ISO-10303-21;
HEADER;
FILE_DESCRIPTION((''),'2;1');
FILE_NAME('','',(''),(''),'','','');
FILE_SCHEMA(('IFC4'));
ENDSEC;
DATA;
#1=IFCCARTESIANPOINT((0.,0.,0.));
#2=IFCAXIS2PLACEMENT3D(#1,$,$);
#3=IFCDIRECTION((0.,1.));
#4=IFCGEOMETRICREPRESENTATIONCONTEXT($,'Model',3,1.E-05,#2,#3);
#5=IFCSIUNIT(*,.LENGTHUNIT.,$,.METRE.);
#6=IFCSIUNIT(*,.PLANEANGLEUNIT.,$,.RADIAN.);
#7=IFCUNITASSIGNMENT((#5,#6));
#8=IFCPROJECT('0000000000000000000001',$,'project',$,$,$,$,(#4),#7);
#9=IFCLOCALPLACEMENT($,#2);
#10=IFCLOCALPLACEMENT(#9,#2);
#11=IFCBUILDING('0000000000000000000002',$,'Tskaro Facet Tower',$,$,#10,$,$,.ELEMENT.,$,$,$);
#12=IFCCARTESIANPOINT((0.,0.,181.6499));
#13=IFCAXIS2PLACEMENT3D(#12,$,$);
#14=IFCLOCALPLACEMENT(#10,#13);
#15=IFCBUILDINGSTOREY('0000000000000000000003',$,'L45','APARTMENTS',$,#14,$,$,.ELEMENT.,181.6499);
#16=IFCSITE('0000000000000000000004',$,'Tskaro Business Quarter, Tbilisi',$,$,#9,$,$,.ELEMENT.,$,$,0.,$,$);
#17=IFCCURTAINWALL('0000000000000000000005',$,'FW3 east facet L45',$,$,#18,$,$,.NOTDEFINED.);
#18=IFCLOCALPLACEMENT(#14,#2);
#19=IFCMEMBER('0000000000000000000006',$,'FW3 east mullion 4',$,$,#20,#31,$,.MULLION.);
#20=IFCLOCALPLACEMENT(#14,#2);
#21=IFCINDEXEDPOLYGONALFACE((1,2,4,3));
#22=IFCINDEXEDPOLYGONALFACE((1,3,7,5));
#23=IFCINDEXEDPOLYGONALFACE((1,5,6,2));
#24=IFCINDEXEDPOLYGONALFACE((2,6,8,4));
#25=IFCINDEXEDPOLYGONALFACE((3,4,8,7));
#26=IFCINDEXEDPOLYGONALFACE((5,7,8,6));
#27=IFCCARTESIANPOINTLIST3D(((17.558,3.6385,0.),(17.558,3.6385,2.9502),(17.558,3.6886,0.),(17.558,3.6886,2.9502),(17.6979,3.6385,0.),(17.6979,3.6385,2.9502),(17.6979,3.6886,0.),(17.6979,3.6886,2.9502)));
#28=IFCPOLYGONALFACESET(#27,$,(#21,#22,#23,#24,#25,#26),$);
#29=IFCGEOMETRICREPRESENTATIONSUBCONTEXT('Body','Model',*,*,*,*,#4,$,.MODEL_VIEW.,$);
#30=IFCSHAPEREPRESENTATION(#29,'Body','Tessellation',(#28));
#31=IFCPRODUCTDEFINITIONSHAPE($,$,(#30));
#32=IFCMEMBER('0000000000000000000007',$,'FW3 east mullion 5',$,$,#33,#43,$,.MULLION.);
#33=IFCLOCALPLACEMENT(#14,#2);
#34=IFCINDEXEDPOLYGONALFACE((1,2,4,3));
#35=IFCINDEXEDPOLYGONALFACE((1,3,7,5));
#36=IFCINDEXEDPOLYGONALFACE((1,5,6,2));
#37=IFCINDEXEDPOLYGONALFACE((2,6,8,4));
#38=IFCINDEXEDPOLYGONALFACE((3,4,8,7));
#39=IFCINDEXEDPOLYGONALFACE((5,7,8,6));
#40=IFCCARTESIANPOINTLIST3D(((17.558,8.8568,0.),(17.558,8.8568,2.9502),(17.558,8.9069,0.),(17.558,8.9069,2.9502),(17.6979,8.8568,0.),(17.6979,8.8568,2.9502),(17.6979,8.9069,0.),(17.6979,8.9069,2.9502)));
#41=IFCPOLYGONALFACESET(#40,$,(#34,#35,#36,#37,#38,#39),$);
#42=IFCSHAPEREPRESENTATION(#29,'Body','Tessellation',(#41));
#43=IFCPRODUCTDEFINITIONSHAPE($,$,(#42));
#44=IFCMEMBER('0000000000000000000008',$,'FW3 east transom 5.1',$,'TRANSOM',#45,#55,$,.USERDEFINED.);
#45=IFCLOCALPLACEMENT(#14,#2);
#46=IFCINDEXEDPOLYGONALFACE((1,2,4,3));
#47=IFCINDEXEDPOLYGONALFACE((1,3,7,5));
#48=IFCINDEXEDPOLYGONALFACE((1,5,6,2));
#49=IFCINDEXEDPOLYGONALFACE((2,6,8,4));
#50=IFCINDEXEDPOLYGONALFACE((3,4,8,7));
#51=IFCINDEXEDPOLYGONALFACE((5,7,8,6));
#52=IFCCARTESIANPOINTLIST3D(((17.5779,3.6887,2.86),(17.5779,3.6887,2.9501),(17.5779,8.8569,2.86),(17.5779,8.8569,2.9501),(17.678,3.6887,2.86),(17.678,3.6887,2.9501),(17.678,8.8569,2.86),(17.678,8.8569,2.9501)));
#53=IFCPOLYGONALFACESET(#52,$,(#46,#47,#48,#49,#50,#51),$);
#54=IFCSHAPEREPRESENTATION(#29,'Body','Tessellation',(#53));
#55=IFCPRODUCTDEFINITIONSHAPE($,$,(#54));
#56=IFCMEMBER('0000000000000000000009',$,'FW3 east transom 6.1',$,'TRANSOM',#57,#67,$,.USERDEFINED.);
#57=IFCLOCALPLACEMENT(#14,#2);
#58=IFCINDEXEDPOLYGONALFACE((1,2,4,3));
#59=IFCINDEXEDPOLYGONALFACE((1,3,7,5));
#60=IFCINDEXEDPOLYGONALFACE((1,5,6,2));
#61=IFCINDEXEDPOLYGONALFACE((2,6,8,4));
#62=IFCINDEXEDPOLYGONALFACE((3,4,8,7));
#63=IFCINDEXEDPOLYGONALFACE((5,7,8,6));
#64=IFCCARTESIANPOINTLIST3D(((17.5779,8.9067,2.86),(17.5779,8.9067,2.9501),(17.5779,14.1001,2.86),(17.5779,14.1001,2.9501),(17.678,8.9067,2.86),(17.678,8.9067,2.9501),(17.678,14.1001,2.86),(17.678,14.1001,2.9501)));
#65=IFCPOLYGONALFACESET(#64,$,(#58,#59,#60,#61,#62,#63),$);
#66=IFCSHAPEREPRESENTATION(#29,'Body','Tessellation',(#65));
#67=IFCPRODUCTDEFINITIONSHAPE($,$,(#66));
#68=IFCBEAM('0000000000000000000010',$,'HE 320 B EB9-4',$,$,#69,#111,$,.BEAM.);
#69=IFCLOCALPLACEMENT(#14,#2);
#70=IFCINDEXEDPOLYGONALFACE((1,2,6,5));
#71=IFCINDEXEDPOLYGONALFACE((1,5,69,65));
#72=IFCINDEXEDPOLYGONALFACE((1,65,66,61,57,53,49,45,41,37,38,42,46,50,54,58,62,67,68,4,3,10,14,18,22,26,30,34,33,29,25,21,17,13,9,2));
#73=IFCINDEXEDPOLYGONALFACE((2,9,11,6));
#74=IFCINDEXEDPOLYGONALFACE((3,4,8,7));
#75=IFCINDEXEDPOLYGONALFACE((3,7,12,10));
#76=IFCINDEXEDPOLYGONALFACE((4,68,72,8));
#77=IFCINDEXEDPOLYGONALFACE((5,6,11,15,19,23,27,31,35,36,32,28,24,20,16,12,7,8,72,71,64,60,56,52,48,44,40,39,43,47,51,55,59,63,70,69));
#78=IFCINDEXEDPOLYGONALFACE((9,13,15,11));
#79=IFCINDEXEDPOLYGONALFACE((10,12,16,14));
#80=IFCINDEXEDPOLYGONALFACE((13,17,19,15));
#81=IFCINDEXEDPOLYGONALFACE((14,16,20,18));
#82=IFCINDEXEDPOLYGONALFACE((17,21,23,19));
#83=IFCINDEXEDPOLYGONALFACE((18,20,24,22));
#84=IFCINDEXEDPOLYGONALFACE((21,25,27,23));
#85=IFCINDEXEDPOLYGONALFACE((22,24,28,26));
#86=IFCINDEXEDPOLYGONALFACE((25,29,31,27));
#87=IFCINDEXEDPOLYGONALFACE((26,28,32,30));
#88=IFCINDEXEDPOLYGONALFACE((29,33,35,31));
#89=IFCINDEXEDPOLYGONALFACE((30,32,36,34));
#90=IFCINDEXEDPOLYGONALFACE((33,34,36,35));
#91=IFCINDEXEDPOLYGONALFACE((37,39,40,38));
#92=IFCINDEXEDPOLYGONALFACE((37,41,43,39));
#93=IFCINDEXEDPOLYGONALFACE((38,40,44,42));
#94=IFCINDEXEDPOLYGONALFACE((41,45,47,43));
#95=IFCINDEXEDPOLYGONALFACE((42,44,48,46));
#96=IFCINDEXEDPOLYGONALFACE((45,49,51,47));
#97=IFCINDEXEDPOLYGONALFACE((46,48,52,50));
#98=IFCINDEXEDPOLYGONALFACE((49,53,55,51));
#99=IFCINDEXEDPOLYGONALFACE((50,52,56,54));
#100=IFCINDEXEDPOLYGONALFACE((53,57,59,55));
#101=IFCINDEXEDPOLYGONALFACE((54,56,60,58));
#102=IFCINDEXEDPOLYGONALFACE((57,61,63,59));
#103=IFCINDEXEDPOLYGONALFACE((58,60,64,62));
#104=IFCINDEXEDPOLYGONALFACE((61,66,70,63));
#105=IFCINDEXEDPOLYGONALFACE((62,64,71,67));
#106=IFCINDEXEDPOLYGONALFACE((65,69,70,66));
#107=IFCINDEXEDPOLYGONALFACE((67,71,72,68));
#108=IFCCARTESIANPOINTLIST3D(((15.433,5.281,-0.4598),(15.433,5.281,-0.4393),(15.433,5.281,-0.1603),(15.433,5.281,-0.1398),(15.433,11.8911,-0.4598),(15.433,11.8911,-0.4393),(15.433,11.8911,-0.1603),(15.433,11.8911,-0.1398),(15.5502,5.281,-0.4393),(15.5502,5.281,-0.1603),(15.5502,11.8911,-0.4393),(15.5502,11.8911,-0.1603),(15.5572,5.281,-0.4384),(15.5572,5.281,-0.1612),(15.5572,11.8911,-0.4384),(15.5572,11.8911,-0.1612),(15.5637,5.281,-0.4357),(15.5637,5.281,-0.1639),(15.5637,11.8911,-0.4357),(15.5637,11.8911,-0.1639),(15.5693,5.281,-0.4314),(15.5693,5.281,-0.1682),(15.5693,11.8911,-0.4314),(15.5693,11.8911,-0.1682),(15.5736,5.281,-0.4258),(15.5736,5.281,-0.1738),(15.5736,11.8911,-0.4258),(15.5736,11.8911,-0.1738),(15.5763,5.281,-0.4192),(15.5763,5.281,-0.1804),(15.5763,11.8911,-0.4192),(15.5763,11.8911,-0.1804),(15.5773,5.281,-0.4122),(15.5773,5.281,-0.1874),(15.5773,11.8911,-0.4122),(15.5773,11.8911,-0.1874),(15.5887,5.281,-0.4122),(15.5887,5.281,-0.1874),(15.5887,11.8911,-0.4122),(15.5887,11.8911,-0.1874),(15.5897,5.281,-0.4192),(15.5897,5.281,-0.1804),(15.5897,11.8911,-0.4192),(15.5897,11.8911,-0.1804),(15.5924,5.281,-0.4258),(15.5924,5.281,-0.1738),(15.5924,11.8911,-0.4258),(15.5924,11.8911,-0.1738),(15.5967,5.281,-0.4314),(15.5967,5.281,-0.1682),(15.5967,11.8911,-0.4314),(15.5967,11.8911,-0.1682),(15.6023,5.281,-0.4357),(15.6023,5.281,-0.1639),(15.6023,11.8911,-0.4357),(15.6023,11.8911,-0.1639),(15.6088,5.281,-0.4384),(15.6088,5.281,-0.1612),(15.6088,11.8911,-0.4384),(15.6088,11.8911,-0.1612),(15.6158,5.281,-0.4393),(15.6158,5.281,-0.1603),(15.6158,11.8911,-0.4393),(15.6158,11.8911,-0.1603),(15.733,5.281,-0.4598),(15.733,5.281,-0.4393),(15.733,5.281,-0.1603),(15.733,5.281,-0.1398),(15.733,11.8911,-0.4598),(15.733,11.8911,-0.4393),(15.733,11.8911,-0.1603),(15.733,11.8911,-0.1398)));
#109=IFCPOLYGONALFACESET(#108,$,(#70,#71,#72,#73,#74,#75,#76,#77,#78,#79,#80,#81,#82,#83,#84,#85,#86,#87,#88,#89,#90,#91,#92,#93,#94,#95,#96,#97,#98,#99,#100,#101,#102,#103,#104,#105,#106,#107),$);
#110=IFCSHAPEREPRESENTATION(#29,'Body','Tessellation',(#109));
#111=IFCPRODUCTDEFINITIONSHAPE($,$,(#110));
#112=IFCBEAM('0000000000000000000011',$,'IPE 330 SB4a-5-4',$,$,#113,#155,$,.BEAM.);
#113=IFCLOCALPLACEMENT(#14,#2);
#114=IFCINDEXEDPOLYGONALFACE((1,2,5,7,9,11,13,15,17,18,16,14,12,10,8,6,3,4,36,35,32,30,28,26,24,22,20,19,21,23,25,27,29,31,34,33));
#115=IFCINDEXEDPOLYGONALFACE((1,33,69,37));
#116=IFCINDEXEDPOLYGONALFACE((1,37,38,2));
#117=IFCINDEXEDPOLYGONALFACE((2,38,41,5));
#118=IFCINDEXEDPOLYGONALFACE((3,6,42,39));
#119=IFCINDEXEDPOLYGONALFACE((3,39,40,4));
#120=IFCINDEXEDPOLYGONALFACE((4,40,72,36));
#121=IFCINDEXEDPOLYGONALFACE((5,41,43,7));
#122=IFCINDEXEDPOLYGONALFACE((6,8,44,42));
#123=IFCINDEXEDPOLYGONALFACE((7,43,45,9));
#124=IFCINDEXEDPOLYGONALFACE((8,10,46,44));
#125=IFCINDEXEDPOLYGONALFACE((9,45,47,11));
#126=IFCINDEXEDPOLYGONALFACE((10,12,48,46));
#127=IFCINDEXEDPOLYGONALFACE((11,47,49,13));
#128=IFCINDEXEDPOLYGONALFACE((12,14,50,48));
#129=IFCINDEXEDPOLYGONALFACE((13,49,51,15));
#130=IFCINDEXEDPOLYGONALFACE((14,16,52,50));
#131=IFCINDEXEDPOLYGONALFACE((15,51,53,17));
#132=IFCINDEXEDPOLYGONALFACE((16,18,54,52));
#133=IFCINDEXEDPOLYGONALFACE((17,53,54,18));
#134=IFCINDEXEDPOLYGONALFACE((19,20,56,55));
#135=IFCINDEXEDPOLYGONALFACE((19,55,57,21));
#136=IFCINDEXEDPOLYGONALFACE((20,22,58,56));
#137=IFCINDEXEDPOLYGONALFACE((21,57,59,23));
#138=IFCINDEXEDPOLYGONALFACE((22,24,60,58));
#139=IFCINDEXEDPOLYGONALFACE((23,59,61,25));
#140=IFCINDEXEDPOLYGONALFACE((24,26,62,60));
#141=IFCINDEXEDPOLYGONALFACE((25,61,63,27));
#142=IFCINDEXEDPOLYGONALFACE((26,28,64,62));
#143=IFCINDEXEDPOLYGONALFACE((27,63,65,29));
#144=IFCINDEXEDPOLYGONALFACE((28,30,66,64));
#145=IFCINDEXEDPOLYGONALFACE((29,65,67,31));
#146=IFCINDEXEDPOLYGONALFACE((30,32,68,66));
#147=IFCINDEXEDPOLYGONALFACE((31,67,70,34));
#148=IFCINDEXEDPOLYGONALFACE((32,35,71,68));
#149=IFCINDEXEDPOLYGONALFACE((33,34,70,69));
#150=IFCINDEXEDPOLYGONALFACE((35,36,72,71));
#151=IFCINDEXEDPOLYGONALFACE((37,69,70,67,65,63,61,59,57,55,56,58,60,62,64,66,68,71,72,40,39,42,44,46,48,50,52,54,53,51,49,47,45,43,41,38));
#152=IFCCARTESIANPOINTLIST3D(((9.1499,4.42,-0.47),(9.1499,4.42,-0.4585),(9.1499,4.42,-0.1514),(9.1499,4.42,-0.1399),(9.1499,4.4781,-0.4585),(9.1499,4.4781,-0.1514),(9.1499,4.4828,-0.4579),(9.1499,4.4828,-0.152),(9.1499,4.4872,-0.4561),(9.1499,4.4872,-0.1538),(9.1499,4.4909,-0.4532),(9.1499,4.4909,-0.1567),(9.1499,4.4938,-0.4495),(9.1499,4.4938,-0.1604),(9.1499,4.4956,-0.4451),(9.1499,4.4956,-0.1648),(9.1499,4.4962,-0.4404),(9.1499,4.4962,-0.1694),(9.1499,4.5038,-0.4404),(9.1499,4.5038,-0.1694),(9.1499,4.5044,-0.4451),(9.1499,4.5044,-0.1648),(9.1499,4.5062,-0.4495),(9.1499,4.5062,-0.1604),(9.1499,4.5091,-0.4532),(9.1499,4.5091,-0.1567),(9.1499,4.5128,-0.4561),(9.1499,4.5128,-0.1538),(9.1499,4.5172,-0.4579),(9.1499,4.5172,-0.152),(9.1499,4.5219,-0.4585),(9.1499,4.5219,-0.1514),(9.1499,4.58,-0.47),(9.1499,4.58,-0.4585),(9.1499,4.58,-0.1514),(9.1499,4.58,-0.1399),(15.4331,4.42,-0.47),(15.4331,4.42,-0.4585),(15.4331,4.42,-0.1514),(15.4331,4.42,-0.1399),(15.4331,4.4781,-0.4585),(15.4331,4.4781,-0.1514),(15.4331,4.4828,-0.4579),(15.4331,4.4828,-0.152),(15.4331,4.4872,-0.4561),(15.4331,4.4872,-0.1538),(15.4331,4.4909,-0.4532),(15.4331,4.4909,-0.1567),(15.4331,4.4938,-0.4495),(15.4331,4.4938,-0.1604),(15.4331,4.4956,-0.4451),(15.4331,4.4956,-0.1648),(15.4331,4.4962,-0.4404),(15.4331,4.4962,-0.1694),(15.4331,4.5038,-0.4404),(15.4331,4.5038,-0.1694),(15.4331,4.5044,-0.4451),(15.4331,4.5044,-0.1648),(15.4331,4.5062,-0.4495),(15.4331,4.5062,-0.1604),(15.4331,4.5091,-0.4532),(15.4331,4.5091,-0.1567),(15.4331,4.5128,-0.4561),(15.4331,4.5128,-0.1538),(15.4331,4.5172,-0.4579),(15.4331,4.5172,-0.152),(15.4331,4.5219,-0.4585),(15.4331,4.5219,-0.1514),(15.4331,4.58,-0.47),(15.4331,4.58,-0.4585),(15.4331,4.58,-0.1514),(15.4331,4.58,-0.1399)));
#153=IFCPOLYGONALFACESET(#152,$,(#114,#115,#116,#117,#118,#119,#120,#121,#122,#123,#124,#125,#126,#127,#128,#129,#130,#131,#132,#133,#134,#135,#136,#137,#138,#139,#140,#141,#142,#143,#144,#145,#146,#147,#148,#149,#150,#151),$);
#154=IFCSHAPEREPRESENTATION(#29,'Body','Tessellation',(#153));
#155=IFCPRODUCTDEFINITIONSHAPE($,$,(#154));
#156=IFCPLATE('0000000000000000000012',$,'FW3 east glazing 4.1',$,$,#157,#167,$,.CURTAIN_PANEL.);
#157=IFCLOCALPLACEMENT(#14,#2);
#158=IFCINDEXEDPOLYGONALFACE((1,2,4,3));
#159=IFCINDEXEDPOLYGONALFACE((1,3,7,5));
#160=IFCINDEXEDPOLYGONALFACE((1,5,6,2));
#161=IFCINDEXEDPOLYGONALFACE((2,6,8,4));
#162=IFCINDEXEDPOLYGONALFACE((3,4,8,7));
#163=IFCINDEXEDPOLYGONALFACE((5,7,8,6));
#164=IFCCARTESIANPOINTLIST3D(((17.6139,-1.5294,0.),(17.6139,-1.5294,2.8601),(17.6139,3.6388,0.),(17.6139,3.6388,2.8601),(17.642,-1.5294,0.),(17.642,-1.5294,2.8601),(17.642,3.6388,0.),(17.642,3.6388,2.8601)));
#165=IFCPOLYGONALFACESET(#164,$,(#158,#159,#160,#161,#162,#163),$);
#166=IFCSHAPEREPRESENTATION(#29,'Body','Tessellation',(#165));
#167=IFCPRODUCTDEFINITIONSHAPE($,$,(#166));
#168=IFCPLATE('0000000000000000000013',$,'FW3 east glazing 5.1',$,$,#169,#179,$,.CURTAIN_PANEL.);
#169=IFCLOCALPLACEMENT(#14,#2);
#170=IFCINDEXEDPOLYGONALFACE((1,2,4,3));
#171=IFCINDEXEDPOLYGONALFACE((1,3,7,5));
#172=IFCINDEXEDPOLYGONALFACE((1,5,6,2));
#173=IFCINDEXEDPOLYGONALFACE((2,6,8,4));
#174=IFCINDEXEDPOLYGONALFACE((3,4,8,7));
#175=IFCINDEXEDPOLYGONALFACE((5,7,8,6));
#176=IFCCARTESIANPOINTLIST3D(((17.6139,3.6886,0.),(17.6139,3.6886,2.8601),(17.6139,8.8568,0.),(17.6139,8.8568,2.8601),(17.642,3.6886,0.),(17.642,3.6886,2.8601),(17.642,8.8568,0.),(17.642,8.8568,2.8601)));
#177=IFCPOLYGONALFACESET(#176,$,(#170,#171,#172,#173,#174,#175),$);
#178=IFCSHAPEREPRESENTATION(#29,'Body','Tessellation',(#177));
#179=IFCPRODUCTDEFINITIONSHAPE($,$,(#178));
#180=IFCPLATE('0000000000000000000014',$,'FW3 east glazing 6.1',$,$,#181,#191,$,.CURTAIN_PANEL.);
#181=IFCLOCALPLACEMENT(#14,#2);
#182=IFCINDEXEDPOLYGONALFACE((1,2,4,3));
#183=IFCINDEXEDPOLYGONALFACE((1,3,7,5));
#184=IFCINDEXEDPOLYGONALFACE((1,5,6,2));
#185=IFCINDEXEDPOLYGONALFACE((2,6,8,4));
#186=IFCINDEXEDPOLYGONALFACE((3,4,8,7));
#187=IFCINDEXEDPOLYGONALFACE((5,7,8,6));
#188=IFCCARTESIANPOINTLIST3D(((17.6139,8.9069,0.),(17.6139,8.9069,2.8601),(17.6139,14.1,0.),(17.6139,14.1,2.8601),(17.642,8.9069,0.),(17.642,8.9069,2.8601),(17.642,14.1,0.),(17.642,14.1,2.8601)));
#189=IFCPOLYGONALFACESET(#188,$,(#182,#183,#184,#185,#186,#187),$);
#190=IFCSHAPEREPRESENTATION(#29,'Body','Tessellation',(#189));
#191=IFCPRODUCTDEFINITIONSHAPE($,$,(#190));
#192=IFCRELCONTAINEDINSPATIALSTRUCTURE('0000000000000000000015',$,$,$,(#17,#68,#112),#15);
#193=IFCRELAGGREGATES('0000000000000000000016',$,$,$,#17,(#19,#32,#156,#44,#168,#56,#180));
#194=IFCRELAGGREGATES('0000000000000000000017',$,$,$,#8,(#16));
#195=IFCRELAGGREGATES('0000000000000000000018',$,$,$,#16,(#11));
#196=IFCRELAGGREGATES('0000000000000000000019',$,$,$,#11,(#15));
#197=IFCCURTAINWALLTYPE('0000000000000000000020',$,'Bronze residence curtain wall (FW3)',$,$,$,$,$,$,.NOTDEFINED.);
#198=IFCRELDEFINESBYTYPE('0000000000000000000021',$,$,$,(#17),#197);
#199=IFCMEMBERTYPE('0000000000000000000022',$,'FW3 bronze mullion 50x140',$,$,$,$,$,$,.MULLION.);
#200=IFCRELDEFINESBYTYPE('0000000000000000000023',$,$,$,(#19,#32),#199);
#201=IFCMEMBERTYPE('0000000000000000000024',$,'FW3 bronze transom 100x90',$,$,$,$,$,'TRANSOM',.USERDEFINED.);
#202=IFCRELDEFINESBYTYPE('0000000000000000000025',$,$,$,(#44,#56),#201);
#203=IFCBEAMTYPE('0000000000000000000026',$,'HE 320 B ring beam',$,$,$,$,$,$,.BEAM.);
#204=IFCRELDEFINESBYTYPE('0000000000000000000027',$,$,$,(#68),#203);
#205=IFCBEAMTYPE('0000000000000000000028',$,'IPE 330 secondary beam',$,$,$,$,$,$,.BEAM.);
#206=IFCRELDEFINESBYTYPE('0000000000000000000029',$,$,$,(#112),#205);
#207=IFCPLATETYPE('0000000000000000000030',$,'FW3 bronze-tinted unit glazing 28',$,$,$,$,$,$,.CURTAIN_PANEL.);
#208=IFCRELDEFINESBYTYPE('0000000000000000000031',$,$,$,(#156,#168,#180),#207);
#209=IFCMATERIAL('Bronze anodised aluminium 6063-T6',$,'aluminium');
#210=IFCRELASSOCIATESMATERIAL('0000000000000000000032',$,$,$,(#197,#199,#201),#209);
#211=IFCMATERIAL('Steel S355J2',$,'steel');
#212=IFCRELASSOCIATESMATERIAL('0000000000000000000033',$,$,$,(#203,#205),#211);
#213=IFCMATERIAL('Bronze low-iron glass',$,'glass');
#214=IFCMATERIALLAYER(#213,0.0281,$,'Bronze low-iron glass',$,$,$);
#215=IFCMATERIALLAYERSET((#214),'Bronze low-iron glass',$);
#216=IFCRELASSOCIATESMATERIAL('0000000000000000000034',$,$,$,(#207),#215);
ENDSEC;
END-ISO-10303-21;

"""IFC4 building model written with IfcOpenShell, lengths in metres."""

from ifc_helpers import new_model, si_unit, direction, frame, origin, origin_2d, place, context, subcontext, project, spatial, rectangle, i_section, extrude, material, layer, layer_set, material_profile, profile_set, type_object, element, aggregate, save


model = new_model("IFC4")

# Units and contexts
model_context = context("Model", 3, precision=1e-05, world=origin(), true_north=direction((0.0, 1.0)))
body_context = subcontext(model_context, "Body", "Model", "MODEL_VIEW")
ifc_project = project(units=[si_unit("LENGTHUNIT", "METRE"), si_unit("PLANEANGLEUNIT", "RADIAN")], contexts=[model_context])

# Site, building, storey
site_placement = place(None, origin())
site = spatial("IfcSite", under=ifc_project, at=site_placement, Name="Tskaro Business Quarter, Tbilisi", CompositionType="ELEMENT", RefElevation=0.0)
building_placement = place(site_placement, origin())
building = spatial("IfcBuilding", under=site, at=building_placement, Name="Tskaro Facet Tower", CompositionType="ELEMENT")
storey_placement = place(building_placement, frame((0.0, 0.0, 181.6499)))
storey = spatial("IfcBuildingStorey", under=building, at=storey_placement, Name="L45", Description="APARTMENTS", CompositionType="ELEMENT", Elevation=181.6499)

# Curtain wall, members
ifc_material_1 = material(Name="Bronze anodised aluminium 6063-T6", Category="aluminium")
curtain_wall_type = type_object("IfcCurtainWallType", Name="Bronze residence curtain wall (FW3)", PredefinedType="NOTDEFINED", material=ifc_material_1)
curtain_wall_placement = place(storey_placement, origin())
curtain_wall = element("IfcCurtainWall", 1, at=curtain_wall_placement, inside=storey, type_object=curtain_wall_type, Name="FW3 east facet L45", PredefinedType="NOTDEFINED")
ifc_material_profile_1 = material_profile(ifc_material_1, rectangle(XDim=0.05, YDim=0.1399, at=origin_2d()), Name="Mullion 50x140")
ifc_profile_set_1 = profile_set([ifc_material_profile_1], Name="Bronze anodised aluminium 6063-T6")
member_type_1 = type_object("IfcMemberType", Name="FW3 bronze mullion 50x140", PredefinedType="MULLION", material=ifc_profile_set_1)
member_1_placement = place(storey_placement, frame((17.6279, 3.6636, 0.0), z_axis=(0.0, 0.0, 1.0), x_axis=(0.0, 1.0, 0.0)))
member_1 = element("IfcMember", 2, at=member_1_placement, type_object=member_type_1, Name="FW3 east mullion 4", PredefinedType="MULLION", context=body_context, shape_type="SweptSolid", body=[
    extrude(rectangle(XDim=0.05, YDim=0.1399, at=origin_2d()), origin(), (0.0, 0.0, 1.0), 2.9502),
])
member_2_placement = place(storey_placement, frame((17.6279, 8.8818, 0.0), z_axis=(0.0, 0.0, 1.0), x_axis=(0.0, 1.0, 0.0)))
member_2 = element("IfcMember", 3, at=member_2_placement, type_object=member_type_1, Name="FW3 east mullion 5", PredefinedType="MULLION", context=body_context, shape_type="SweptSolid", body=[
    extrude(rectangle(XDim=0.05, YDim=0.1399, at=origin_2d()), origin(), (0.0, 0.0, 1.0), 2.9502),
])
ifc_material_profile_2 = material_profile(ifc_material_1, rectangle(XDim=0.1001, YDim=0.0901, at=origin_2d()), Name="Transom 100x90")
ifc_profile_set_2 = profile_set([ifc_material_profile_2], Name="Bronze anodised aluminium 6063-T6")
member_type_2 = type_object("IfcMemberType", Name="FW3 bronze transom 100x90", ElementType="TRANSOM", PredefinedType="USERDEFINED", material=ifc_profile_set_2)
member_3_placement = place(storey_placement, frame((17.6279, 3.6887, 2.905), z_axis=(0.0, 1.0, 0.0), x_axis=(-1.0, 0.0, 0.0)))
member_3 = element("IfcMember", 4, at=member_3_placement, type_object=member_type_2, Name="FW3 east transom 5.1", ObjectType="TRANSOM", PredefinedType="USERDEFINED", context=body_context, shape_type="SweptSolid", body=[
    extrude(rectangle(XDim=0.1001, YDim=0.0901, at=origin_2d()), origin(), (0.0, 0.0, 1.0), 5.1682),
])
member_4_placement = place(storey_placement, frame((17.6279, 8.9067, 2.905), z_axis=(0.0, 1.0, 0.0), x_axis=(-1.0, 0.0, 0.0)))
member_4 = element("IfcMember", 5, at=member_4_placement, type_object=member_type_2, Name="FW3 east transom 6.1", ObjectType="TRANSOM", PredefinedType="USERDEFINED", context=body_context, shape_type="SweptSolid", body=[
    extrude(rectangle(XDim=0.1001, YDim=0.0901, at=origin_2d()), origin(), (0.0, 0.0, 1.0), 5.1934),
])

# Beams
ifc_material_2 = material(Name="Steel S355J2", Category="steel")
ifc_material_profile_3 = material_profile(ifc_material_2, i_section(OverallWidth=0.3, OverallDepth=0.3201, WebThickness=0.0115, FlangeThickness=0.0205, FilletRadius=0.0271, at=origin_2d()), Name="HE 320 B")
ifc_profile_set_3 = profile_set([ifc_material_profile_3], Name="Steel S355J2")
beam_type_1 = type_object("IfcBeamType", Name="HE 320 B ring beam", PredefinedType="BEAM", material=ifc_profile_set_3)
beam_1_placement = place(storey_placement, frame((15.583, 5.281, -0.2998), z_axis=(0.0, 1.0, 0.0), x_axis=(-1.0, 0.0, 0.0)))
element("IfcBeam", 6, at=beam_1_placement, inside=storey, type_object=beam_type_1, Name="HE 320 B EB9-4", PredefinedType="BEAM", context=body_context, shape_type="SweptSolid", body=[
    extrude(i_section(OverallWidth=0.3, OverallDepth=0.3201, WebThickness=0.0115, FlangeThickness=0.0205, FilletRadius=0.0271, at=origin_2d()), origin(), (0.0, 0.0, 1.0), 6.6101),
])
ifc_material_profile_4 = material_profile(ifc_material_2, i_section(OverallWidth=0.1599, OverallDepth=0.3301, WebThickness=0.0076, FlangeThickness=0.0115, FilletRadius=0.0181, at=origin_2d()), Name="IPE 330")
ifc_profile_set_4 = profile_set([ifc_material_profile_4], Name="Steel S355J2")
beam_type_2 = type_object("IfcBeamType", Name="IPE 330 secondary beam", PredefinedType="BEAM", material=ifc_profile_set_4)
beam_2_placement = place(storey_placement, frame((9.1499, 4.5, -0.3049), z_axis=(1.0, 0.0, 0.0), x_axis=(0.0, 1.0, 0.0)))
element("IfcBeam", 7, at=beam_2_placement, inside=storey, type_object=beam_type_2, Name="IPE 330 SB4a-5-4", PredefinedType="BEAM", context=body_context, shape_type="SweptSolid", body=[
    extrude(i_section(OverallWidth=0.1599, OverallDepth=0.3301, WebThickness=0.0076, FlangeThickness=0.0115, FilletRadius=0.0181, at=origin_2d()), origin(), (0.0, 0.0, 1.0), 6.2832),
])

# Plates
ifc_material_3 = material(Name="Bronze low-iron glass", Category="glass")
ifc_layer_1 = layer(ifc_material_3, 0.0281, Name="Bronze low-iron glass")
ifc_layer_set_1 = layer_set([ifc_layer_1], Name="Bronze low-iron glass")
plate_type = type_object("IfcPlateType", Name="FW3 bronze-tinted unit glazing 28", PredefinedType="CURTAIN_PANEL", material=ifc_layer_set_1)
plate_1_placement = place(storey_placement, frame((17.6279, 1.0547, 0.0), z_axis=(0.0, 0.0, 1.0), x_axis=(0.0, 1.0, 0.0)))
plate_1 = element("IfcPlate", 8, at=plate_1_placement, type_object=plate_type, Name="FW3 east glazing 4.1", PredefinedType="CURTAIN_PANEL", context=body_context, shape_type="SweptSolid", body=[
    extrude(rectangle(XDim=5.1682, YDim=0.0281, at=origin_2d()), origin(), (0.0, 0.0, 1.0), 2.8601),
])
plate_2_placement = place(storey_placement, frame((17.6279, 6.2727, 0.0), z_axis=(0.0, 0.0, 1.0), x_axis=(0.0, 1.0, 0.0)))
plate_2 = element("IfcPlate", 9, at=plate_2_placement, type_object=plate_type, Name="FW3 east glazing 5.1", PredefinedType="CURTAIN_PANEL", context=body_context, shape_type="SweptSolid", body=[
    extrude(rectangle(XDim=5.1682, YDim=0.0281, at=origin_2d()), origin(), (0.0, 0.0, 1.0), 2.8601),
])
plate_3_placement = place(storey_placement, frame((17.6279, 11.5034, 0.0), z_axis=(0.0, 0.0, 1.0), x_axis=(0.0, 1.0, 0.0)))
plate_3 = element("IfcPlate", 10, at=plate_3_placement, type_object=plate_type, Name="FW3 east glazing 6.1", PredefinedType="CURTAIN_PANEL", context=body_context, shape_type="SweptSolid", body=[
    extrude(rectangle(XDim=5.1931, YDim=0.0281, at=origin_2d()), origin(), (0.0, 0.0, 1.0), 2.8601),
])
aggregate(curtain_wall, [member_1, member_2, plate_1, member_3, plate_2, member_4, plate_3])

save(model, "model.ifc")
